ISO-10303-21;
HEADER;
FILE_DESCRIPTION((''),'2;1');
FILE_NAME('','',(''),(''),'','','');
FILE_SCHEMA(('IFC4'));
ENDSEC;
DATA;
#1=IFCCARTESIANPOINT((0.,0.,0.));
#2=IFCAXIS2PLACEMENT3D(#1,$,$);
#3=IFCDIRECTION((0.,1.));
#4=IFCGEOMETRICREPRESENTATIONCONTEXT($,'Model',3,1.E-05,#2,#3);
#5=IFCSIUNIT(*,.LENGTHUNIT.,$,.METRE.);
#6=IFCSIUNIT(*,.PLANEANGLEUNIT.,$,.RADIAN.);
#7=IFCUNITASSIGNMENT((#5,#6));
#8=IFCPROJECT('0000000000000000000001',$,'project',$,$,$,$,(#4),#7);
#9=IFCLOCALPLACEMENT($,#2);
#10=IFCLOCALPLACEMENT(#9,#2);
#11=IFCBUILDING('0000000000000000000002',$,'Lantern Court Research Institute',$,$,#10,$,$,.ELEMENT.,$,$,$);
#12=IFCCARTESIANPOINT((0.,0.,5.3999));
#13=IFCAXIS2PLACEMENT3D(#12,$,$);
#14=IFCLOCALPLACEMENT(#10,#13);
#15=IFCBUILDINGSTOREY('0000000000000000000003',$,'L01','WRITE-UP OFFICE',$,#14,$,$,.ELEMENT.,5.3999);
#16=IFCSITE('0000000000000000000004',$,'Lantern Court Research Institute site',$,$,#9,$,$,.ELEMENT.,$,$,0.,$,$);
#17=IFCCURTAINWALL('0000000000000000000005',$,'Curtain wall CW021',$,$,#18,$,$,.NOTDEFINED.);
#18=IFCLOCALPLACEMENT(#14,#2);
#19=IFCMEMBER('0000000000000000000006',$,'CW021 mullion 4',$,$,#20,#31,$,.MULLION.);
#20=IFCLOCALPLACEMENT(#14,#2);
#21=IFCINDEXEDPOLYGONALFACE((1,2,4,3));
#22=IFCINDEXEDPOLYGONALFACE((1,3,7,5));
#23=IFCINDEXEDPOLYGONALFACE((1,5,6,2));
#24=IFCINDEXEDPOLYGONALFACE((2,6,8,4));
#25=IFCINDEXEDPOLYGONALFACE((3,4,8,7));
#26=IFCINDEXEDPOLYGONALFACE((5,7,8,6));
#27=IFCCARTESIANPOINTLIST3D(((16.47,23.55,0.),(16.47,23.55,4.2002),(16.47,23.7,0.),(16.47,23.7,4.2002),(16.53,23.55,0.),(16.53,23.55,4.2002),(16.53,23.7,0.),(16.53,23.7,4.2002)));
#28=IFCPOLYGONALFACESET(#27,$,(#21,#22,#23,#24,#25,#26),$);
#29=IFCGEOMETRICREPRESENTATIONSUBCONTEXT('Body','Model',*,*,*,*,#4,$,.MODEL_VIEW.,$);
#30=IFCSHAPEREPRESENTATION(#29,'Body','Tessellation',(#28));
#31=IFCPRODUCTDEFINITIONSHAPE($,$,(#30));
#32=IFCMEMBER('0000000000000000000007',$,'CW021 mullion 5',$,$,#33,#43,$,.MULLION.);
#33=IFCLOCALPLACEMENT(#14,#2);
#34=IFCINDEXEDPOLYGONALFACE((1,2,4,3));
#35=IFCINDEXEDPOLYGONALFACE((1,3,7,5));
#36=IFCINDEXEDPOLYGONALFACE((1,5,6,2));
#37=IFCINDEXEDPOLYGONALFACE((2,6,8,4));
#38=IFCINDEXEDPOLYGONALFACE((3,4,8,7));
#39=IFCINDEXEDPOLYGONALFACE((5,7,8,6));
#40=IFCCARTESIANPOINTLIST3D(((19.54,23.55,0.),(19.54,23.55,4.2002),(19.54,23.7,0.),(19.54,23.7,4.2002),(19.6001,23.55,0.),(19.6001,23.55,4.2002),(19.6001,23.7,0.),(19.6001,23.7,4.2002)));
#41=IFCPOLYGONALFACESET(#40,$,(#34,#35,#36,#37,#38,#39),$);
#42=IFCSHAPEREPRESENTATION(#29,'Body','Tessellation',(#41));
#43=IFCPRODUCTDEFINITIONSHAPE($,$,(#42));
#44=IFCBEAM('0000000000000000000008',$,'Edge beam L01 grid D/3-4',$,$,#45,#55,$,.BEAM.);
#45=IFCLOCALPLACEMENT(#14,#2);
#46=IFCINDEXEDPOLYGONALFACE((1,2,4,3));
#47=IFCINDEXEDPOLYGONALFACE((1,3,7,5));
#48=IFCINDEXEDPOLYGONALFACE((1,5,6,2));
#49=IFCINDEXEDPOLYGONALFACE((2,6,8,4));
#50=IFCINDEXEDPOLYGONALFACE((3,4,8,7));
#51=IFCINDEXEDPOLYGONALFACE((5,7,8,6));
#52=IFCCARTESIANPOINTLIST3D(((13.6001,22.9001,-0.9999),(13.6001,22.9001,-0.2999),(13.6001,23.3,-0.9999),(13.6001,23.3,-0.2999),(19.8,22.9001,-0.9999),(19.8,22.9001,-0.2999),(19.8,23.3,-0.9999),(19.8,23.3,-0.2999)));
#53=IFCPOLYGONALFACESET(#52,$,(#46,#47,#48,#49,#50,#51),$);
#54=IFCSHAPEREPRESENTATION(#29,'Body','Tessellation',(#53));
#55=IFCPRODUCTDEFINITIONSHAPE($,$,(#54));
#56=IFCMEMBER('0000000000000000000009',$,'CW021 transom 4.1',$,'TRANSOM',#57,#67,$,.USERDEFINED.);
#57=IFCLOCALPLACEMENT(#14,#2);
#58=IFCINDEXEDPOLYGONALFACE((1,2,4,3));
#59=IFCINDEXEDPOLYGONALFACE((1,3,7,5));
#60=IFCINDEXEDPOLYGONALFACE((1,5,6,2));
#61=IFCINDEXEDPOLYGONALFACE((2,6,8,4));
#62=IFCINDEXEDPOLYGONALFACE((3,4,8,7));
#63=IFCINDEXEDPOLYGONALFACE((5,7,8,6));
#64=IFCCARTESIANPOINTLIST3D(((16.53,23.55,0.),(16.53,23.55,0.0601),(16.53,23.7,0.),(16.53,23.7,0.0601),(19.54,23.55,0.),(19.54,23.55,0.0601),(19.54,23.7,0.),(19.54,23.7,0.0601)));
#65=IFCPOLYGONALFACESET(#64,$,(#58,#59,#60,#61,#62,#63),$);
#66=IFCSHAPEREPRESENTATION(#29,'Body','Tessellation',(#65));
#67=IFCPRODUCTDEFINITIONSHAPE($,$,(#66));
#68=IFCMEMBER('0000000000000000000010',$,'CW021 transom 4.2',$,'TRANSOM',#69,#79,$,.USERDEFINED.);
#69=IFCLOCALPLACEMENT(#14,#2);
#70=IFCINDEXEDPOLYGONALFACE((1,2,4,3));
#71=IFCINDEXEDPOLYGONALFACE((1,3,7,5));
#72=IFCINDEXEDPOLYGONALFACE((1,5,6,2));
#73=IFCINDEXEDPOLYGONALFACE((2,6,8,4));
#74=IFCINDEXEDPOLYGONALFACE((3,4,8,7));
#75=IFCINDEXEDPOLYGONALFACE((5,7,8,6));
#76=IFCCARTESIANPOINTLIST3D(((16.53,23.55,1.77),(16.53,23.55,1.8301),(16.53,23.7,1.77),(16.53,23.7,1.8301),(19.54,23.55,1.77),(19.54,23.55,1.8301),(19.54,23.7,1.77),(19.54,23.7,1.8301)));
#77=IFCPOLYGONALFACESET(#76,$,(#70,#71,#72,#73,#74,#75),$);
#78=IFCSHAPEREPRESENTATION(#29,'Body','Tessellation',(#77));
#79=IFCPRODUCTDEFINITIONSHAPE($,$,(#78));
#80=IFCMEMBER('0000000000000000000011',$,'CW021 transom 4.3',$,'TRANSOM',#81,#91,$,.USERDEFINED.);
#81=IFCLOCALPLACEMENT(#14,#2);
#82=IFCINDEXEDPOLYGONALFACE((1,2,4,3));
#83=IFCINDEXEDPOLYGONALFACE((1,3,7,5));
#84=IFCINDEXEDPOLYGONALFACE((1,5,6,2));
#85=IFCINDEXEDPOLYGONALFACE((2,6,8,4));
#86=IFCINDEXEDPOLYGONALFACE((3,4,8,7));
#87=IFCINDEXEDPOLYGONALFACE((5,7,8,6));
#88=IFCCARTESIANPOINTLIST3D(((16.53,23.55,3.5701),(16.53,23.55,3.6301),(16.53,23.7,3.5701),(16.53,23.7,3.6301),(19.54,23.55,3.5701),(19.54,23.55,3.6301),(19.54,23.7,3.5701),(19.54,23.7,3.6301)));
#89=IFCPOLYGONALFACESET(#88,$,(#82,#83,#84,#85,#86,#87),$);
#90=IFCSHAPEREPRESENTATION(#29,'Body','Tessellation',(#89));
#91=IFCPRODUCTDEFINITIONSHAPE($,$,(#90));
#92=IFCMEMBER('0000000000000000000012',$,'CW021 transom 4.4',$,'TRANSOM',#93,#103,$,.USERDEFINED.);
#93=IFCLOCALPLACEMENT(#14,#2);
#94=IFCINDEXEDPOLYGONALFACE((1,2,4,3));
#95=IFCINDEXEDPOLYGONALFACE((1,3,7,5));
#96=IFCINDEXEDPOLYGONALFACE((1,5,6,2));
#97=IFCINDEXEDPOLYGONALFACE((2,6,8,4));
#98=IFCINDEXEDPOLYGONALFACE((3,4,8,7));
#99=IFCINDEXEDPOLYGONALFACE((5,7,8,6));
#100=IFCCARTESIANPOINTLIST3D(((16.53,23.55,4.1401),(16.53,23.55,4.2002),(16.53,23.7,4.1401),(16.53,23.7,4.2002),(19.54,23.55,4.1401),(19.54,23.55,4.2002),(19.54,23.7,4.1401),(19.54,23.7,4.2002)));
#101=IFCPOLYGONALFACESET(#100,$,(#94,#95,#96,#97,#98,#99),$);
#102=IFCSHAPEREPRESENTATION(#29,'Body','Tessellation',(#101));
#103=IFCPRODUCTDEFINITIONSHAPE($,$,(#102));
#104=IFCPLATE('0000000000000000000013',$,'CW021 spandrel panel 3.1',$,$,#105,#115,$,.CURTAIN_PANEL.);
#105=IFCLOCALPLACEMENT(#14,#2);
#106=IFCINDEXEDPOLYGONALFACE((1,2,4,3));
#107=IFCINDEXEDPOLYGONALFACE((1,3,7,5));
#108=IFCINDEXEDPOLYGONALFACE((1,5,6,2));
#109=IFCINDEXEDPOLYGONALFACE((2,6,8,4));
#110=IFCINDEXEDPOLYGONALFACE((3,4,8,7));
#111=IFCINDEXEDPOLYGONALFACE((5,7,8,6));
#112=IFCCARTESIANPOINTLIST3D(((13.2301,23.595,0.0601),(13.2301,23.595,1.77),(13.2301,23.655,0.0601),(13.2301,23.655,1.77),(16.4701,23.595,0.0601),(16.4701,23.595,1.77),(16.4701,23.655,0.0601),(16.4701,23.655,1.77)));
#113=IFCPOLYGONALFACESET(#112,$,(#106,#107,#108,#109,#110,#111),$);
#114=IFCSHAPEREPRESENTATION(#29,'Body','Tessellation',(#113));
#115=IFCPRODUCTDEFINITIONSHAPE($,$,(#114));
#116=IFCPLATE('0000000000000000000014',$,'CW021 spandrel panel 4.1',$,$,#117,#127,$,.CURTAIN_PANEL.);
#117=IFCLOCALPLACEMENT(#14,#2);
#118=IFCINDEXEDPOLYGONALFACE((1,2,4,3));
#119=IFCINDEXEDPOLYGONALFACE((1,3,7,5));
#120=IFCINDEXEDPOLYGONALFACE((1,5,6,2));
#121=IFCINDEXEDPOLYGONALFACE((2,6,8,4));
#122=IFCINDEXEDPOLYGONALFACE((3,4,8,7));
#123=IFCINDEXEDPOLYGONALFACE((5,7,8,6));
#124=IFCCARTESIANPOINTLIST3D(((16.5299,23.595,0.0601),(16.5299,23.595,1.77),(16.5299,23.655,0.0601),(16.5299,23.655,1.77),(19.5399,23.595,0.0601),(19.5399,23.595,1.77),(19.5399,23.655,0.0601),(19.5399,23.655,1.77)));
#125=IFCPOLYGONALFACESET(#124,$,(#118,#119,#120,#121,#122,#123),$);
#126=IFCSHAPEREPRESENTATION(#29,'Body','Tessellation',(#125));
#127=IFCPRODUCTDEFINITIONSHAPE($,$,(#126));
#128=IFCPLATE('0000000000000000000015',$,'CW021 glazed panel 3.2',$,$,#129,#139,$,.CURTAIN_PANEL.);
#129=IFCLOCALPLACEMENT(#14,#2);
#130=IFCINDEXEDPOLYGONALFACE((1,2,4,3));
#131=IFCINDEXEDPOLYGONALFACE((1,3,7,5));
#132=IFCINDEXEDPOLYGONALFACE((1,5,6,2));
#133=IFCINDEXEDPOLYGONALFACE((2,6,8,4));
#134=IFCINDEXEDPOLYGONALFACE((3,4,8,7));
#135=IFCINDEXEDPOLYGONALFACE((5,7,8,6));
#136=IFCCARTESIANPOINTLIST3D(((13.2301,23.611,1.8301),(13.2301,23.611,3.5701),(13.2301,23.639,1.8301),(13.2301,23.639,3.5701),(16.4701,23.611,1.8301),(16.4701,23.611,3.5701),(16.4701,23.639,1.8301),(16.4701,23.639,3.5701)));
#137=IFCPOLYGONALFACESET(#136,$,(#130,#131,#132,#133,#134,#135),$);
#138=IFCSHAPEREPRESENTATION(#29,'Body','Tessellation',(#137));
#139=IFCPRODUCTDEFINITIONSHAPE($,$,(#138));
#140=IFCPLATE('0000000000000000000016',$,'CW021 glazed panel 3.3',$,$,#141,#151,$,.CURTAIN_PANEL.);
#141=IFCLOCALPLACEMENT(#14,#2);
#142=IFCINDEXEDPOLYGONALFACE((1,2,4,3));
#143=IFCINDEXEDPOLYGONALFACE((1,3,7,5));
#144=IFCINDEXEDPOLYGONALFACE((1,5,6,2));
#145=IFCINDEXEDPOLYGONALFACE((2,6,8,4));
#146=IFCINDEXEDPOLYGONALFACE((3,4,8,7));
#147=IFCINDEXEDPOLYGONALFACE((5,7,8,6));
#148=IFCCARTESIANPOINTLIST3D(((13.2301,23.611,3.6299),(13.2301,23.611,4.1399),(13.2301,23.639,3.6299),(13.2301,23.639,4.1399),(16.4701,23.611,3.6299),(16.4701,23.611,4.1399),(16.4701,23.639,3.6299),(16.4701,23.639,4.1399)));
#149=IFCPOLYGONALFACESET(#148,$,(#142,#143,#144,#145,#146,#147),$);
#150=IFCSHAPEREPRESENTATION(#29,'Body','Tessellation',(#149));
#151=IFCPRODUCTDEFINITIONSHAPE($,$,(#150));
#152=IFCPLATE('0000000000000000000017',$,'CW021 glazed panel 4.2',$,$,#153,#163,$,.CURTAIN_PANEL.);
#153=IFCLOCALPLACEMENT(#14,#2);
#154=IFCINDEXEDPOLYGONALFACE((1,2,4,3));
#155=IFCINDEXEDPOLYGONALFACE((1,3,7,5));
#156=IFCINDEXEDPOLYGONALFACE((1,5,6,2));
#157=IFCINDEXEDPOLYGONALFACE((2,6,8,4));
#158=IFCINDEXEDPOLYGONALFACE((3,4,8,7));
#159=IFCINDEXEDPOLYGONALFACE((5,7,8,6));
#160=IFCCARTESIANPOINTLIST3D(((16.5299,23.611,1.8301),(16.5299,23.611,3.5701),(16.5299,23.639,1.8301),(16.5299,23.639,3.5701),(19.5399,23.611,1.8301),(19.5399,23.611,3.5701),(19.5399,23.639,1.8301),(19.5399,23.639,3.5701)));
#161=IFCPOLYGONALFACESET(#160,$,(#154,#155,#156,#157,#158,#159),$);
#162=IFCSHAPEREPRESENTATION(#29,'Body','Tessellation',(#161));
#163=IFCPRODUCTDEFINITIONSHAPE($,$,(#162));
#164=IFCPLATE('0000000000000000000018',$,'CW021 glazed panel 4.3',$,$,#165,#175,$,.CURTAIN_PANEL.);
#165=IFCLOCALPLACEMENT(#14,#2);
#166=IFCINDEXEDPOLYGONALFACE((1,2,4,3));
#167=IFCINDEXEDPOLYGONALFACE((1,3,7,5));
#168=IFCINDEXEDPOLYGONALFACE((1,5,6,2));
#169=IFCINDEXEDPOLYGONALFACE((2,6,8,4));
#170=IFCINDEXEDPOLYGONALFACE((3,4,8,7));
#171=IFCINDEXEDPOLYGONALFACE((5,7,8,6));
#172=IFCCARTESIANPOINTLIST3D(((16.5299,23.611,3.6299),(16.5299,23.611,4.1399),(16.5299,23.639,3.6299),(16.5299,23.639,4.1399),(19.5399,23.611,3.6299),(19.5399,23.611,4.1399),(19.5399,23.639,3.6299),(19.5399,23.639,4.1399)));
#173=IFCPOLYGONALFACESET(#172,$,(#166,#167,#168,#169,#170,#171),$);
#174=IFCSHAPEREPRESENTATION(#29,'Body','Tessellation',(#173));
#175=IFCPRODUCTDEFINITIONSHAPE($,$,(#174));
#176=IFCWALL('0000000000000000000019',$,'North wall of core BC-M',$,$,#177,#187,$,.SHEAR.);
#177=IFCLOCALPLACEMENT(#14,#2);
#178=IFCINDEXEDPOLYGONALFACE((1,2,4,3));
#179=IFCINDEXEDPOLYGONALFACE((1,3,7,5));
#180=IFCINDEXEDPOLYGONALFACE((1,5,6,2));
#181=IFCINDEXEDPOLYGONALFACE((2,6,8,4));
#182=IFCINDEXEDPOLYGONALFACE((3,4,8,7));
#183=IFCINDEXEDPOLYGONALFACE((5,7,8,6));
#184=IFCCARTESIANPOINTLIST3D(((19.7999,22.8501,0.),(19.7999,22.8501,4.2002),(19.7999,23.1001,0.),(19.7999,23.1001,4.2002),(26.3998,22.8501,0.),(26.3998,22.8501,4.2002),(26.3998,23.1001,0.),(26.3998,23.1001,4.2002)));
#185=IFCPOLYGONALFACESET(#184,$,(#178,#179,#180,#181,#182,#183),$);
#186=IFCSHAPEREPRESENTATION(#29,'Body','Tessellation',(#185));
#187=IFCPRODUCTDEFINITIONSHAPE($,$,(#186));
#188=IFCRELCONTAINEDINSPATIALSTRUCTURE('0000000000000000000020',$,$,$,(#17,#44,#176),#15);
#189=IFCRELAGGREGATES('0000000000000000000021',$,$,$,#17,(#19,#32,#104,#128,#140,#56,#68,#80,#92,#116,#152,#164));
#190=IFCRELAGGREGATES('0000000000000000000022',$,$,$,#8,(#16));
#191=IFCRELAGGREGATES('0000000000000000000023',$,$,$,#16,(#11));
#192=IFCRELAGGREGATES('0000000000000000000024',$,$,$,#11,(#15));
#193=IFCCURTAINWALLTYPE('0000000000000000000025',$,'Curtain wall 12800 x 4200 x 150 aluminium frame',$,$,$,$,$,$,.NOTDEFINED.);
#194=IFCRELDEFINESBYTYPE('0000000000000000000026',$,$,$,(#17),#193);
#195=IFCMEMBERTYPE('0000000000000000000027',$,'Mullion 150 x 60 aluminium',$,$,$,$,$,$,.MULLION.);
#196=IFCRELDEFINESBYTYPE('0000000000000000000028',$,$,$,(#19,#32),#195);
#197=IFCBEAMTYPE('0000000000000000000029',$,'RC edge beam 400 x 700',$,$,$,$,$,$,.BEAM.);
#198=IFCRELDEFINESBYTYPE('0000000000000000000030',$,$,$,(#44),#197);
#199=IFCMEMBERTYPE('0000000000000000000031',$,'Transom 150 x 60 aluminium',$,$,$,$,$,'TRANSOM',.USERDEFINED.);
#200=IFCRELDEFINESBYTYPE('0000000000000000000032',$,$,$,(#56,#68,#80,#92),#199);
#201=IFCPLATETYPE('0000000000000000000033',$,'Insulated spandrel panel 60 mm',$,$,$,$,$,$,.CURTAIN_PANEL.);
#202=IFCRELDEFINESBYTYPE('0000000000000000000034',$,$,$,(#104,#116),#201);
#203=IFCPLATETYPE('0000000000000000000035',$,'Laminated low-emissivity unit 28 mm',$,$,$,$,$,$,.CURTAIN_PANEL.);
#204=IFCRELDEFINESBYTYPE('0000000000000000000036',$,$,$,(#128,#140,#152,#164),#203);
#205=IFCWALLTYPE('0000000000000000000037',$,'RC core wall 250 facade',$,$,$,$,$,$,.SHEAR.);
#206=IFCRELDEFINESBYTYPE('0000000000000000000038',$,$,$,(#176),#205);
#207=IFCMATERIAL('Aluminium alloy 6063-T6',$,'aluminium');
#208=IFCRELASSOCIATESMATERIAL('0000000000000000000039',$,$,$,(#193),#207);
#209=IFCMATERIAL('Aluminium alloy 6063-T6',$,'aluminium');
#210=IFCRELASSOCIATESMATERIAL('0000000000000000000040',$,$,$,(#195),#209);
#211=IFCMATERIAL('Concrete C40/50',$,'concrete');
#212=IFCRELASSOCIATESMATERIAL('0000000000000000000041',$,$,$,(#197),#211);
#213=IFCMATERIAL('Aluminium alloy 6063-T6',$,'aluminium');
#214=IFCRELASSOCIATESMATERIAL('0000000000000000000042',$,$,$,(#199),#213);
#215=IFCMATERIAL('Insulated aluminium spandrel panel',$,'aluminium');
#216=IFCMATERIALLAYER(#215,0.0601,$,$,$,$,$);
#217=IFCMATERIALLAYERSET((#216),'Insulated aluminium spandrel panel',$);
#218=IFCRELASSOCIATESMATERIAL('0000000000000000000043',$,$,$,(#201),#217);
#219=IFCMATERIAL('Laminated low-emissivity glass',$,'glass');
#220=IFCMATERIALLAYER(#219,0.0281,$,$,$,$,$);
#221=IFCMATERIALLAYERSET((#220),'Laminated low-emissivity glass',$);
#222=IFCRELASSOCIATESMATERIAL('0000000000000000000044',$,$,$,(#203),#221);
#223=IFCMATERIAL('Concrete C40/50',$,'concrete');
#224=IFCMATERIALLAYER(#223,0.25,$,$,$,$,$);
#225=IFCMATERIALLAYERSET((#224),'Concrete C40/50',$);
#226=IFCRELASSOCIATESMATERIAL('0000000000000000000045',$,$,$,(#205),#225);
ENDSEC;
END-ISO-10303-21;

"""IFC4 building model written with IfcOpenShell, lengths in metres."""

from ifc_helpers import new_model, si_unit, direction, frame, frame_2d, origin, origin_2d, place, context, subcontext, project, spatial, rectangle, extrude, material, layer, layer_set, material_profile, profile_set, type_object, element, aggregate, save


model = new_model("IFC4")

# Units and contexts
model_context = context("Model", 3, precision=1e-05, world=origin(), true_north=direction((0.0, 1.0)))
body_context = subcontext(model_context, "Body", "Model", "MODEL_VIEW")
ifc_project = project(units=[si_unit("LENGTHUNIT", "METRE"), si_unit("PLANEANGLEUNIT", "RADIAN")], contexts=[model_context])

# Site, building, storey
site_placement = place(None, origin())
site = spatial("IfcSite", under=ifc_project, at=site_placement, Name="Lantern Court Research Institute site", CompositionType="ELEMENT", RefElevation=0.0)
building_placement = place(site_placement, origin())
building = spatial("IfcBuilding", under=site, at=building_placement, Name="Lantern Court Research Institute", CompositionType="ELEMENT")
storey_placement = place(building_placement, frame((0.0, 0.0, 5.3999)))
storey = spatial("IfcBuildingStorey", under=building, at=storey_placement, Name="L01", Description="WRITE-UP OFFICE", CompositionType="ELEMENT", Elevation=5.3999)

# Curtain wall, members
ifc_material_1 = material(Name="Aluminium alloy 6063-T6", Category="aluminium")
curtain_wall_type = type_object("IfcCurtainWallType", Name="Curtain wall 12800 x 4200 x 150 aluminium frame", PredefinedType="NOTDEFINED", material=ifc_material_1)
curtain_wall_placement = place(storey_placement, origin())
curtain_wall = element("IfcCurtainWall", 1, at=curtain_wall_placement, inside=storey, type_object=curtain_wall_type, Name="Curtain wall CW021", PredefinedType="NOTDEFINED")
ifc_material_2 = material(Name="Aluminium alloy 6063-T6", Category="aluminium")
ifc_material_profile_1 = material_profile(ifc_material_2, rectangle(XDim=0.1499, YDim=0.0601, at=origin_2d()), Name="Mullion 150 x 60")
ifc_profile_set_1 = profile_set([ifc_material_profile_1], Name="Aluminium alloy 6063-T6")
member_type_1 = type_object("IfcMemberType", Name="Mullion 150 x 60 aluminium", PredefinedType="MULLION", material=ifc_profile_set_1)
member_1_placement = place(storey_placement, frame((16.5, 23.625, 0.0), z_axis=(0.0, 0.0, 1.0), x_axis=(0.0, 1.0, 0.0)))
member_1 = element("IfcMember", 2, at=member_1_placement, type_object=member_type_1, Name="CW021 mullion 4", PredefinedType="MULLION", context=body_context, shape_type="SweptSolid", body=[
    extrude(rectangle(XDim=0.1499, YDim=0.0601, at=origin_2d()), origin(), (0.0, 0.0, 1.0), 4.2002),
])
member_2_placement = place(storey_placement, frame((19.5701, 23.625, 0.0), z_axis=(0.0, 0.0, 1.0), x_axis=(0.0, 1.0, 0.0)))
member_2 = element("IfcMember", 3, at=member_2_placement, type_object=member_type_1, Name="CW021 mullion 5", PredefinedType="MULLION", context=body_context, shape_type="SweptSolid", body=[
    extrude(rectangle(XDim=0.1499, YDim=0.0601, at=origin_2d()), origin(), (0.0, 0.0, 1.0), 4.2002),
])

# Beam
ifc_material_3 = material(Name="Concrete C40/50", Category="concrete")
ifc_material_profile_2 = material_profile(ifc_material_3, rectangle(XDim=0.3999, YDim=0.7, at=origin_2d()), Name="RC beam 400 x 700")
ifc_profile_set_2 = profile_set([ifc_material_profile_2], Name="Concrete C40/50")
beam_type = type_object("IfcBeamType", Name="RC edge beam 400 x 700", PredefinedType="BEAM", material=ifc_profile_set_2)
beam_placement = place(storey_placement, frame((13.6001, 23.1001, -0.6499), z_axis=(1.0, 0.0, 0.0), x_axis=(0.0, 1.0, 0.0)))
element("IfcBeam", 4, at=beam_placement, inside=storey, type_object=beam_type, Name="Edge beam L01 grid D/3-4", PredefinedType="BEAM", context=body_context, shape_type="SweptSolid", body=[
    extrude(rectangle(XDim=0.3999, YDim=0.7, at=origin_2d()), origin(), (0.0, 0.0, 1.0), 6.2),
])

# Members
ifc_material_4 = material(Name="Aluminium alloy 6063-T6", Category="aluminium")
ifc_material_profile_3 = material_profile(ifc_material_4, rectangle(XDim=0.1499, YDim=0.0601, at=origin_2d()), Name="Transom 150 x 60")
ifc_profile_set_3 = profile_set([ifc_material_profile_3], Name="Aluminium alloy 6063-T6")
member_type_2 = type_object("IfcMemberType", Name="Transom 150 x 60 aluminium", ElementType="TRANSOM", PredefinedType="USERDEFINED", material=ifc_profile_set_3)
member_3_placement = place(storey_placement, frame((16.53, 23.625, 0.03), z_axis=(1.0, 0.0, 0.0), x_axis=(0.0, 1.0, 0.0)))
member_3 = element("IfcMember", 5, at=member_3_placement, type_object=member_type_2, Name="CW021 transom 4.1", ObjectType="TRANSOM", PredefinedType="USERDEFINED", context=body_context, shape_type="SweptSolid", body=[
    extrude(rectangle(XDim=0.1499, YDim=0.0601, at=origin_2d()), origin(), (0.0, 0.0, 1.0), 3.01),
])
member_4_placement = place(storey_placement, frame((16.53, 23.625, 1.8), z_axis=(1.0, 0.0, 0.0), x_axis=(0.0, 1.0, 0.0)))
member_4 = element("IfcMember", 6, at=member_4_placement, type_object=member_type_2, Name="CW021 transom 4.2", ObjectType="TRANSOM", PredefinedType="USERDEFINED", context=body_context, shape_type="SweptSolid", body=[
    extrude(rectangle(XDim=0.1499, YDim=0.0601, at=origin_2d()), origin(), (0.0, 0.0, 1.0), 3.01),
])
member_5_placement = place(storey_placement, frame((16.53, 23.625, 3.6001), z_axis=(1.0, 0.0, 0.0), x_axis=(0.0, 1.0, 0.0)))
member_5 = element("IfcMember", 7, at=member_5_placement, type_object=member_type_2, Name="CW021 transom 4.3", ObjectType="TRANSOM", PredefinedType="USERDEFINED", context=body_context, shape_type="SweptSolid", body=[
    extrude(rectangle(XDim=0.1499, YDim=0.0601, at=origin_2d()), origin(), (0.0, 0.0, 1.0), 3.01),
])
member_6_placement = place(storey_placement, frame((16.53, 23.625, 4.1702), z_axis=(1.0, 0.0, 0.0), x_axis=(0.0, 1.0, 0.0)))
member_6 = element("IfcMember", 8, at=member_6_placement, type_object=member_type_2, Name="CW021 transom 4.4", ObjectType="TRANSOM", PredefinedType="USERDEFINED", context=body_context, shape_type="SweptSolid", body=[
    extrude(rectangle(XDim=0.1499, YDim=0.0601, at=origin_2d()), origin(), (0.0, 0.0, 1.0), 3.01),
])

# Plates
ifc_material_5 = material(Name="Insulated aluminium spandrel panel", Category="aluminium")
ifc_layer_1 = layer(ifc_material_5, 0.0601)
ifc_layer_set_1 = layer_set([ifc_layer_1], Name="Insulated aluminium spandrel panel")
plate_type_1 = type_object("IfcPlateType", Name="Insulated spandrel panel 60 mm", PredefinedType="CURTAIN_PANEL", material=ifc_layer_set_1)
plate_1_placement = place(storey_placement, frame((14.8501, 23.625, 0.0601), z_axis=(0.0, 0.0, 1.0), x_axis=(1.0, 0.0, 0.0)))
plate_1 = element("IfcPlate", 9, at=plate_1_placement, type_object=plate_type_1, Name="CW021 spandrel panel 3.1", PredefinedType="CURTAIN_PANEL", context=body_context, shape_type="SweptSolid", body=[
    extrude(rectangle(XDim=3.24, YDim=0.0601, at=origin_2d()), origin(), (0.0, 0.0, 1.0), 1.71),
])
plate_2_placement = place(storey_placement, frame((18.0349, 23.625, 0.0601), z_axis=(0.0, 0.0, 1.0), x_axis=(1.0, 0.0, 0.0)))
plate_2 = element("IfcPlate", 10, at=plate_2_placement, type_object=plate_type_1, Name="CW021 spandrel panel 4.1", PredefinedType="CURTAIN_PANEL", context=body_context, shape_type="SweptSolid", body=[
    extrude(rectangle(XDim=3.01, YDim=0.0601, at=origin_2d()), origin(), (0.0, 0.0, 1.0), 1.71),
])
ifc_material_6 = material(Name="Laminated low-emissivity glass", Category="glass")
ifc_layer_2 = layer(ifc_material_6, 0.0281)
ifc_layer_set_2 = layer_set([ifc_layer_2], Name="Laminated low-emissivity glass")
plate_type_2 = type_object("IfcPlateType", Name="Laminated low-emissivity unit 28 mm", PredefinedType="CURTAIN_PANEL", material=ifc_layer_set_2)
plate_3_placement = place(storey_placement, frame((14.8501, 23.625, 1.8301), z_axis=(0.0, 0.0, 1.0), x_axis=(1.0, 0.0, 0.0)))
plate_3 = element("IfcPlate", 11, at=plate_3_placement, type_object=plate_type_2, Name="CW021 glazed panel 3.2", PredefinedType="CURTAIN_PANEL", context=body_context, shape_type="SweptSolid", body=[
    extrude(rectangle(XDim=3.24, YDim=0.0281, at=origin_2d()), origin(), (0.0, 0.0, 1.0), 1.74),
])
plate_4_placement = place(storey_placement, frame((14.8501, 23.625, 3.6299), z_axis=(0.0, 0.0, 1.0), x_axis=(1.0, 0.0, 0.0)))
plate_4 = element("IfcPlate", 12, at=plate_4_placement, type_object=plate_type_2, Name="CW021 glazed panel 3.3", PredefinedType="CURTAIN_PANEL", context=body_context, shape_type="SweptSolid", body=[
    extrude(rectangle(XDim=3.24, YDim=0.0281, at=origin_2d()), origin(), (0.0, 0.0, 1.0), 0.51),
])
plate_5_placement = place(storey_placement, frame((18.0349, 23.625, 1.8301), z_axis=(0.0, 0.0, 1.0), x_axis=(1.0, 0.0, 0.0)))
plate_5 = element("IfcPlate", 13, at=plate_5_placement, type_object=plate_type_2, Name="CW021 glazed panel 4.2", PredefinedType="CURTAIN_PANEL", context=body_context, shape_type="SweptSolid", body=[
    extrude(rectangle(XDim=3.01, YDim=0.0281, at=origin_2d()), origin(), (0.0, 0.0, 1.0), 1.74),
])
plate_6_placement = place(storey_placement, frame((18.0349, 23.625, 3.6299), z_axis=(0.0, 0.0, 1.0), x_axis=(1.0, 0.0, 0.0)))
plate_6 = element("IfcPlate", 14, at=plate_6_placement, type_object=plate_type_2, Name="CW021 glazed panel 4.3", PredefinedType="CURTAIN_PANEL", context=body_context, shape_type="SweptSolid", body=[
    extrude(rectangle(XDim=3.01, YDim=0.0281, at=origin_2d()), origin(), (0.0, 0.0, 1.0), 0.51),
])
aggregate(curtain_wall, [member_1, member_2, plate_1, plate_3, plate_4, member_3, member_4, member_5, member_6, plate_2, plate_5, plate_6])

# Wall
ifc_material_7 = material(Name="Concrete C40/50", Category="concrete")
ifc_layer_3 = layer(ifc_material_7, 0.25)
ifc_layer_set_3 = layer_set([ifc_layer_3], Name="Concrete C40/50")
wall_type_1 = type_object("IfcWallType", Name="RC core wall 250 facade", PredefinedType="SHEAR", material=ifc_layer_set_3)
wall_1_placement = place(storey_placement, frame((19.8, 22.9751, 0.0), z_axis=(0.0, 0.0, 1.0), x_axis=(1.0, 0.0, 0.0)))
element("IfcWall", 15, at=wall_1_placement, inside=storey, type_object=wall_type_1, Name="North wall of core BC-M", PredefinedType="SHEAR", context=body_context, shape_type="SweptSolid", body=[
    extrude(rectangle(XDim=6.5999, YDim=0.25, at=frame_2d((3.2998, 0.0))), origin(), (0.0, 0.0, 1.0), 4.2002),
])

save(model, "model.ifc")
